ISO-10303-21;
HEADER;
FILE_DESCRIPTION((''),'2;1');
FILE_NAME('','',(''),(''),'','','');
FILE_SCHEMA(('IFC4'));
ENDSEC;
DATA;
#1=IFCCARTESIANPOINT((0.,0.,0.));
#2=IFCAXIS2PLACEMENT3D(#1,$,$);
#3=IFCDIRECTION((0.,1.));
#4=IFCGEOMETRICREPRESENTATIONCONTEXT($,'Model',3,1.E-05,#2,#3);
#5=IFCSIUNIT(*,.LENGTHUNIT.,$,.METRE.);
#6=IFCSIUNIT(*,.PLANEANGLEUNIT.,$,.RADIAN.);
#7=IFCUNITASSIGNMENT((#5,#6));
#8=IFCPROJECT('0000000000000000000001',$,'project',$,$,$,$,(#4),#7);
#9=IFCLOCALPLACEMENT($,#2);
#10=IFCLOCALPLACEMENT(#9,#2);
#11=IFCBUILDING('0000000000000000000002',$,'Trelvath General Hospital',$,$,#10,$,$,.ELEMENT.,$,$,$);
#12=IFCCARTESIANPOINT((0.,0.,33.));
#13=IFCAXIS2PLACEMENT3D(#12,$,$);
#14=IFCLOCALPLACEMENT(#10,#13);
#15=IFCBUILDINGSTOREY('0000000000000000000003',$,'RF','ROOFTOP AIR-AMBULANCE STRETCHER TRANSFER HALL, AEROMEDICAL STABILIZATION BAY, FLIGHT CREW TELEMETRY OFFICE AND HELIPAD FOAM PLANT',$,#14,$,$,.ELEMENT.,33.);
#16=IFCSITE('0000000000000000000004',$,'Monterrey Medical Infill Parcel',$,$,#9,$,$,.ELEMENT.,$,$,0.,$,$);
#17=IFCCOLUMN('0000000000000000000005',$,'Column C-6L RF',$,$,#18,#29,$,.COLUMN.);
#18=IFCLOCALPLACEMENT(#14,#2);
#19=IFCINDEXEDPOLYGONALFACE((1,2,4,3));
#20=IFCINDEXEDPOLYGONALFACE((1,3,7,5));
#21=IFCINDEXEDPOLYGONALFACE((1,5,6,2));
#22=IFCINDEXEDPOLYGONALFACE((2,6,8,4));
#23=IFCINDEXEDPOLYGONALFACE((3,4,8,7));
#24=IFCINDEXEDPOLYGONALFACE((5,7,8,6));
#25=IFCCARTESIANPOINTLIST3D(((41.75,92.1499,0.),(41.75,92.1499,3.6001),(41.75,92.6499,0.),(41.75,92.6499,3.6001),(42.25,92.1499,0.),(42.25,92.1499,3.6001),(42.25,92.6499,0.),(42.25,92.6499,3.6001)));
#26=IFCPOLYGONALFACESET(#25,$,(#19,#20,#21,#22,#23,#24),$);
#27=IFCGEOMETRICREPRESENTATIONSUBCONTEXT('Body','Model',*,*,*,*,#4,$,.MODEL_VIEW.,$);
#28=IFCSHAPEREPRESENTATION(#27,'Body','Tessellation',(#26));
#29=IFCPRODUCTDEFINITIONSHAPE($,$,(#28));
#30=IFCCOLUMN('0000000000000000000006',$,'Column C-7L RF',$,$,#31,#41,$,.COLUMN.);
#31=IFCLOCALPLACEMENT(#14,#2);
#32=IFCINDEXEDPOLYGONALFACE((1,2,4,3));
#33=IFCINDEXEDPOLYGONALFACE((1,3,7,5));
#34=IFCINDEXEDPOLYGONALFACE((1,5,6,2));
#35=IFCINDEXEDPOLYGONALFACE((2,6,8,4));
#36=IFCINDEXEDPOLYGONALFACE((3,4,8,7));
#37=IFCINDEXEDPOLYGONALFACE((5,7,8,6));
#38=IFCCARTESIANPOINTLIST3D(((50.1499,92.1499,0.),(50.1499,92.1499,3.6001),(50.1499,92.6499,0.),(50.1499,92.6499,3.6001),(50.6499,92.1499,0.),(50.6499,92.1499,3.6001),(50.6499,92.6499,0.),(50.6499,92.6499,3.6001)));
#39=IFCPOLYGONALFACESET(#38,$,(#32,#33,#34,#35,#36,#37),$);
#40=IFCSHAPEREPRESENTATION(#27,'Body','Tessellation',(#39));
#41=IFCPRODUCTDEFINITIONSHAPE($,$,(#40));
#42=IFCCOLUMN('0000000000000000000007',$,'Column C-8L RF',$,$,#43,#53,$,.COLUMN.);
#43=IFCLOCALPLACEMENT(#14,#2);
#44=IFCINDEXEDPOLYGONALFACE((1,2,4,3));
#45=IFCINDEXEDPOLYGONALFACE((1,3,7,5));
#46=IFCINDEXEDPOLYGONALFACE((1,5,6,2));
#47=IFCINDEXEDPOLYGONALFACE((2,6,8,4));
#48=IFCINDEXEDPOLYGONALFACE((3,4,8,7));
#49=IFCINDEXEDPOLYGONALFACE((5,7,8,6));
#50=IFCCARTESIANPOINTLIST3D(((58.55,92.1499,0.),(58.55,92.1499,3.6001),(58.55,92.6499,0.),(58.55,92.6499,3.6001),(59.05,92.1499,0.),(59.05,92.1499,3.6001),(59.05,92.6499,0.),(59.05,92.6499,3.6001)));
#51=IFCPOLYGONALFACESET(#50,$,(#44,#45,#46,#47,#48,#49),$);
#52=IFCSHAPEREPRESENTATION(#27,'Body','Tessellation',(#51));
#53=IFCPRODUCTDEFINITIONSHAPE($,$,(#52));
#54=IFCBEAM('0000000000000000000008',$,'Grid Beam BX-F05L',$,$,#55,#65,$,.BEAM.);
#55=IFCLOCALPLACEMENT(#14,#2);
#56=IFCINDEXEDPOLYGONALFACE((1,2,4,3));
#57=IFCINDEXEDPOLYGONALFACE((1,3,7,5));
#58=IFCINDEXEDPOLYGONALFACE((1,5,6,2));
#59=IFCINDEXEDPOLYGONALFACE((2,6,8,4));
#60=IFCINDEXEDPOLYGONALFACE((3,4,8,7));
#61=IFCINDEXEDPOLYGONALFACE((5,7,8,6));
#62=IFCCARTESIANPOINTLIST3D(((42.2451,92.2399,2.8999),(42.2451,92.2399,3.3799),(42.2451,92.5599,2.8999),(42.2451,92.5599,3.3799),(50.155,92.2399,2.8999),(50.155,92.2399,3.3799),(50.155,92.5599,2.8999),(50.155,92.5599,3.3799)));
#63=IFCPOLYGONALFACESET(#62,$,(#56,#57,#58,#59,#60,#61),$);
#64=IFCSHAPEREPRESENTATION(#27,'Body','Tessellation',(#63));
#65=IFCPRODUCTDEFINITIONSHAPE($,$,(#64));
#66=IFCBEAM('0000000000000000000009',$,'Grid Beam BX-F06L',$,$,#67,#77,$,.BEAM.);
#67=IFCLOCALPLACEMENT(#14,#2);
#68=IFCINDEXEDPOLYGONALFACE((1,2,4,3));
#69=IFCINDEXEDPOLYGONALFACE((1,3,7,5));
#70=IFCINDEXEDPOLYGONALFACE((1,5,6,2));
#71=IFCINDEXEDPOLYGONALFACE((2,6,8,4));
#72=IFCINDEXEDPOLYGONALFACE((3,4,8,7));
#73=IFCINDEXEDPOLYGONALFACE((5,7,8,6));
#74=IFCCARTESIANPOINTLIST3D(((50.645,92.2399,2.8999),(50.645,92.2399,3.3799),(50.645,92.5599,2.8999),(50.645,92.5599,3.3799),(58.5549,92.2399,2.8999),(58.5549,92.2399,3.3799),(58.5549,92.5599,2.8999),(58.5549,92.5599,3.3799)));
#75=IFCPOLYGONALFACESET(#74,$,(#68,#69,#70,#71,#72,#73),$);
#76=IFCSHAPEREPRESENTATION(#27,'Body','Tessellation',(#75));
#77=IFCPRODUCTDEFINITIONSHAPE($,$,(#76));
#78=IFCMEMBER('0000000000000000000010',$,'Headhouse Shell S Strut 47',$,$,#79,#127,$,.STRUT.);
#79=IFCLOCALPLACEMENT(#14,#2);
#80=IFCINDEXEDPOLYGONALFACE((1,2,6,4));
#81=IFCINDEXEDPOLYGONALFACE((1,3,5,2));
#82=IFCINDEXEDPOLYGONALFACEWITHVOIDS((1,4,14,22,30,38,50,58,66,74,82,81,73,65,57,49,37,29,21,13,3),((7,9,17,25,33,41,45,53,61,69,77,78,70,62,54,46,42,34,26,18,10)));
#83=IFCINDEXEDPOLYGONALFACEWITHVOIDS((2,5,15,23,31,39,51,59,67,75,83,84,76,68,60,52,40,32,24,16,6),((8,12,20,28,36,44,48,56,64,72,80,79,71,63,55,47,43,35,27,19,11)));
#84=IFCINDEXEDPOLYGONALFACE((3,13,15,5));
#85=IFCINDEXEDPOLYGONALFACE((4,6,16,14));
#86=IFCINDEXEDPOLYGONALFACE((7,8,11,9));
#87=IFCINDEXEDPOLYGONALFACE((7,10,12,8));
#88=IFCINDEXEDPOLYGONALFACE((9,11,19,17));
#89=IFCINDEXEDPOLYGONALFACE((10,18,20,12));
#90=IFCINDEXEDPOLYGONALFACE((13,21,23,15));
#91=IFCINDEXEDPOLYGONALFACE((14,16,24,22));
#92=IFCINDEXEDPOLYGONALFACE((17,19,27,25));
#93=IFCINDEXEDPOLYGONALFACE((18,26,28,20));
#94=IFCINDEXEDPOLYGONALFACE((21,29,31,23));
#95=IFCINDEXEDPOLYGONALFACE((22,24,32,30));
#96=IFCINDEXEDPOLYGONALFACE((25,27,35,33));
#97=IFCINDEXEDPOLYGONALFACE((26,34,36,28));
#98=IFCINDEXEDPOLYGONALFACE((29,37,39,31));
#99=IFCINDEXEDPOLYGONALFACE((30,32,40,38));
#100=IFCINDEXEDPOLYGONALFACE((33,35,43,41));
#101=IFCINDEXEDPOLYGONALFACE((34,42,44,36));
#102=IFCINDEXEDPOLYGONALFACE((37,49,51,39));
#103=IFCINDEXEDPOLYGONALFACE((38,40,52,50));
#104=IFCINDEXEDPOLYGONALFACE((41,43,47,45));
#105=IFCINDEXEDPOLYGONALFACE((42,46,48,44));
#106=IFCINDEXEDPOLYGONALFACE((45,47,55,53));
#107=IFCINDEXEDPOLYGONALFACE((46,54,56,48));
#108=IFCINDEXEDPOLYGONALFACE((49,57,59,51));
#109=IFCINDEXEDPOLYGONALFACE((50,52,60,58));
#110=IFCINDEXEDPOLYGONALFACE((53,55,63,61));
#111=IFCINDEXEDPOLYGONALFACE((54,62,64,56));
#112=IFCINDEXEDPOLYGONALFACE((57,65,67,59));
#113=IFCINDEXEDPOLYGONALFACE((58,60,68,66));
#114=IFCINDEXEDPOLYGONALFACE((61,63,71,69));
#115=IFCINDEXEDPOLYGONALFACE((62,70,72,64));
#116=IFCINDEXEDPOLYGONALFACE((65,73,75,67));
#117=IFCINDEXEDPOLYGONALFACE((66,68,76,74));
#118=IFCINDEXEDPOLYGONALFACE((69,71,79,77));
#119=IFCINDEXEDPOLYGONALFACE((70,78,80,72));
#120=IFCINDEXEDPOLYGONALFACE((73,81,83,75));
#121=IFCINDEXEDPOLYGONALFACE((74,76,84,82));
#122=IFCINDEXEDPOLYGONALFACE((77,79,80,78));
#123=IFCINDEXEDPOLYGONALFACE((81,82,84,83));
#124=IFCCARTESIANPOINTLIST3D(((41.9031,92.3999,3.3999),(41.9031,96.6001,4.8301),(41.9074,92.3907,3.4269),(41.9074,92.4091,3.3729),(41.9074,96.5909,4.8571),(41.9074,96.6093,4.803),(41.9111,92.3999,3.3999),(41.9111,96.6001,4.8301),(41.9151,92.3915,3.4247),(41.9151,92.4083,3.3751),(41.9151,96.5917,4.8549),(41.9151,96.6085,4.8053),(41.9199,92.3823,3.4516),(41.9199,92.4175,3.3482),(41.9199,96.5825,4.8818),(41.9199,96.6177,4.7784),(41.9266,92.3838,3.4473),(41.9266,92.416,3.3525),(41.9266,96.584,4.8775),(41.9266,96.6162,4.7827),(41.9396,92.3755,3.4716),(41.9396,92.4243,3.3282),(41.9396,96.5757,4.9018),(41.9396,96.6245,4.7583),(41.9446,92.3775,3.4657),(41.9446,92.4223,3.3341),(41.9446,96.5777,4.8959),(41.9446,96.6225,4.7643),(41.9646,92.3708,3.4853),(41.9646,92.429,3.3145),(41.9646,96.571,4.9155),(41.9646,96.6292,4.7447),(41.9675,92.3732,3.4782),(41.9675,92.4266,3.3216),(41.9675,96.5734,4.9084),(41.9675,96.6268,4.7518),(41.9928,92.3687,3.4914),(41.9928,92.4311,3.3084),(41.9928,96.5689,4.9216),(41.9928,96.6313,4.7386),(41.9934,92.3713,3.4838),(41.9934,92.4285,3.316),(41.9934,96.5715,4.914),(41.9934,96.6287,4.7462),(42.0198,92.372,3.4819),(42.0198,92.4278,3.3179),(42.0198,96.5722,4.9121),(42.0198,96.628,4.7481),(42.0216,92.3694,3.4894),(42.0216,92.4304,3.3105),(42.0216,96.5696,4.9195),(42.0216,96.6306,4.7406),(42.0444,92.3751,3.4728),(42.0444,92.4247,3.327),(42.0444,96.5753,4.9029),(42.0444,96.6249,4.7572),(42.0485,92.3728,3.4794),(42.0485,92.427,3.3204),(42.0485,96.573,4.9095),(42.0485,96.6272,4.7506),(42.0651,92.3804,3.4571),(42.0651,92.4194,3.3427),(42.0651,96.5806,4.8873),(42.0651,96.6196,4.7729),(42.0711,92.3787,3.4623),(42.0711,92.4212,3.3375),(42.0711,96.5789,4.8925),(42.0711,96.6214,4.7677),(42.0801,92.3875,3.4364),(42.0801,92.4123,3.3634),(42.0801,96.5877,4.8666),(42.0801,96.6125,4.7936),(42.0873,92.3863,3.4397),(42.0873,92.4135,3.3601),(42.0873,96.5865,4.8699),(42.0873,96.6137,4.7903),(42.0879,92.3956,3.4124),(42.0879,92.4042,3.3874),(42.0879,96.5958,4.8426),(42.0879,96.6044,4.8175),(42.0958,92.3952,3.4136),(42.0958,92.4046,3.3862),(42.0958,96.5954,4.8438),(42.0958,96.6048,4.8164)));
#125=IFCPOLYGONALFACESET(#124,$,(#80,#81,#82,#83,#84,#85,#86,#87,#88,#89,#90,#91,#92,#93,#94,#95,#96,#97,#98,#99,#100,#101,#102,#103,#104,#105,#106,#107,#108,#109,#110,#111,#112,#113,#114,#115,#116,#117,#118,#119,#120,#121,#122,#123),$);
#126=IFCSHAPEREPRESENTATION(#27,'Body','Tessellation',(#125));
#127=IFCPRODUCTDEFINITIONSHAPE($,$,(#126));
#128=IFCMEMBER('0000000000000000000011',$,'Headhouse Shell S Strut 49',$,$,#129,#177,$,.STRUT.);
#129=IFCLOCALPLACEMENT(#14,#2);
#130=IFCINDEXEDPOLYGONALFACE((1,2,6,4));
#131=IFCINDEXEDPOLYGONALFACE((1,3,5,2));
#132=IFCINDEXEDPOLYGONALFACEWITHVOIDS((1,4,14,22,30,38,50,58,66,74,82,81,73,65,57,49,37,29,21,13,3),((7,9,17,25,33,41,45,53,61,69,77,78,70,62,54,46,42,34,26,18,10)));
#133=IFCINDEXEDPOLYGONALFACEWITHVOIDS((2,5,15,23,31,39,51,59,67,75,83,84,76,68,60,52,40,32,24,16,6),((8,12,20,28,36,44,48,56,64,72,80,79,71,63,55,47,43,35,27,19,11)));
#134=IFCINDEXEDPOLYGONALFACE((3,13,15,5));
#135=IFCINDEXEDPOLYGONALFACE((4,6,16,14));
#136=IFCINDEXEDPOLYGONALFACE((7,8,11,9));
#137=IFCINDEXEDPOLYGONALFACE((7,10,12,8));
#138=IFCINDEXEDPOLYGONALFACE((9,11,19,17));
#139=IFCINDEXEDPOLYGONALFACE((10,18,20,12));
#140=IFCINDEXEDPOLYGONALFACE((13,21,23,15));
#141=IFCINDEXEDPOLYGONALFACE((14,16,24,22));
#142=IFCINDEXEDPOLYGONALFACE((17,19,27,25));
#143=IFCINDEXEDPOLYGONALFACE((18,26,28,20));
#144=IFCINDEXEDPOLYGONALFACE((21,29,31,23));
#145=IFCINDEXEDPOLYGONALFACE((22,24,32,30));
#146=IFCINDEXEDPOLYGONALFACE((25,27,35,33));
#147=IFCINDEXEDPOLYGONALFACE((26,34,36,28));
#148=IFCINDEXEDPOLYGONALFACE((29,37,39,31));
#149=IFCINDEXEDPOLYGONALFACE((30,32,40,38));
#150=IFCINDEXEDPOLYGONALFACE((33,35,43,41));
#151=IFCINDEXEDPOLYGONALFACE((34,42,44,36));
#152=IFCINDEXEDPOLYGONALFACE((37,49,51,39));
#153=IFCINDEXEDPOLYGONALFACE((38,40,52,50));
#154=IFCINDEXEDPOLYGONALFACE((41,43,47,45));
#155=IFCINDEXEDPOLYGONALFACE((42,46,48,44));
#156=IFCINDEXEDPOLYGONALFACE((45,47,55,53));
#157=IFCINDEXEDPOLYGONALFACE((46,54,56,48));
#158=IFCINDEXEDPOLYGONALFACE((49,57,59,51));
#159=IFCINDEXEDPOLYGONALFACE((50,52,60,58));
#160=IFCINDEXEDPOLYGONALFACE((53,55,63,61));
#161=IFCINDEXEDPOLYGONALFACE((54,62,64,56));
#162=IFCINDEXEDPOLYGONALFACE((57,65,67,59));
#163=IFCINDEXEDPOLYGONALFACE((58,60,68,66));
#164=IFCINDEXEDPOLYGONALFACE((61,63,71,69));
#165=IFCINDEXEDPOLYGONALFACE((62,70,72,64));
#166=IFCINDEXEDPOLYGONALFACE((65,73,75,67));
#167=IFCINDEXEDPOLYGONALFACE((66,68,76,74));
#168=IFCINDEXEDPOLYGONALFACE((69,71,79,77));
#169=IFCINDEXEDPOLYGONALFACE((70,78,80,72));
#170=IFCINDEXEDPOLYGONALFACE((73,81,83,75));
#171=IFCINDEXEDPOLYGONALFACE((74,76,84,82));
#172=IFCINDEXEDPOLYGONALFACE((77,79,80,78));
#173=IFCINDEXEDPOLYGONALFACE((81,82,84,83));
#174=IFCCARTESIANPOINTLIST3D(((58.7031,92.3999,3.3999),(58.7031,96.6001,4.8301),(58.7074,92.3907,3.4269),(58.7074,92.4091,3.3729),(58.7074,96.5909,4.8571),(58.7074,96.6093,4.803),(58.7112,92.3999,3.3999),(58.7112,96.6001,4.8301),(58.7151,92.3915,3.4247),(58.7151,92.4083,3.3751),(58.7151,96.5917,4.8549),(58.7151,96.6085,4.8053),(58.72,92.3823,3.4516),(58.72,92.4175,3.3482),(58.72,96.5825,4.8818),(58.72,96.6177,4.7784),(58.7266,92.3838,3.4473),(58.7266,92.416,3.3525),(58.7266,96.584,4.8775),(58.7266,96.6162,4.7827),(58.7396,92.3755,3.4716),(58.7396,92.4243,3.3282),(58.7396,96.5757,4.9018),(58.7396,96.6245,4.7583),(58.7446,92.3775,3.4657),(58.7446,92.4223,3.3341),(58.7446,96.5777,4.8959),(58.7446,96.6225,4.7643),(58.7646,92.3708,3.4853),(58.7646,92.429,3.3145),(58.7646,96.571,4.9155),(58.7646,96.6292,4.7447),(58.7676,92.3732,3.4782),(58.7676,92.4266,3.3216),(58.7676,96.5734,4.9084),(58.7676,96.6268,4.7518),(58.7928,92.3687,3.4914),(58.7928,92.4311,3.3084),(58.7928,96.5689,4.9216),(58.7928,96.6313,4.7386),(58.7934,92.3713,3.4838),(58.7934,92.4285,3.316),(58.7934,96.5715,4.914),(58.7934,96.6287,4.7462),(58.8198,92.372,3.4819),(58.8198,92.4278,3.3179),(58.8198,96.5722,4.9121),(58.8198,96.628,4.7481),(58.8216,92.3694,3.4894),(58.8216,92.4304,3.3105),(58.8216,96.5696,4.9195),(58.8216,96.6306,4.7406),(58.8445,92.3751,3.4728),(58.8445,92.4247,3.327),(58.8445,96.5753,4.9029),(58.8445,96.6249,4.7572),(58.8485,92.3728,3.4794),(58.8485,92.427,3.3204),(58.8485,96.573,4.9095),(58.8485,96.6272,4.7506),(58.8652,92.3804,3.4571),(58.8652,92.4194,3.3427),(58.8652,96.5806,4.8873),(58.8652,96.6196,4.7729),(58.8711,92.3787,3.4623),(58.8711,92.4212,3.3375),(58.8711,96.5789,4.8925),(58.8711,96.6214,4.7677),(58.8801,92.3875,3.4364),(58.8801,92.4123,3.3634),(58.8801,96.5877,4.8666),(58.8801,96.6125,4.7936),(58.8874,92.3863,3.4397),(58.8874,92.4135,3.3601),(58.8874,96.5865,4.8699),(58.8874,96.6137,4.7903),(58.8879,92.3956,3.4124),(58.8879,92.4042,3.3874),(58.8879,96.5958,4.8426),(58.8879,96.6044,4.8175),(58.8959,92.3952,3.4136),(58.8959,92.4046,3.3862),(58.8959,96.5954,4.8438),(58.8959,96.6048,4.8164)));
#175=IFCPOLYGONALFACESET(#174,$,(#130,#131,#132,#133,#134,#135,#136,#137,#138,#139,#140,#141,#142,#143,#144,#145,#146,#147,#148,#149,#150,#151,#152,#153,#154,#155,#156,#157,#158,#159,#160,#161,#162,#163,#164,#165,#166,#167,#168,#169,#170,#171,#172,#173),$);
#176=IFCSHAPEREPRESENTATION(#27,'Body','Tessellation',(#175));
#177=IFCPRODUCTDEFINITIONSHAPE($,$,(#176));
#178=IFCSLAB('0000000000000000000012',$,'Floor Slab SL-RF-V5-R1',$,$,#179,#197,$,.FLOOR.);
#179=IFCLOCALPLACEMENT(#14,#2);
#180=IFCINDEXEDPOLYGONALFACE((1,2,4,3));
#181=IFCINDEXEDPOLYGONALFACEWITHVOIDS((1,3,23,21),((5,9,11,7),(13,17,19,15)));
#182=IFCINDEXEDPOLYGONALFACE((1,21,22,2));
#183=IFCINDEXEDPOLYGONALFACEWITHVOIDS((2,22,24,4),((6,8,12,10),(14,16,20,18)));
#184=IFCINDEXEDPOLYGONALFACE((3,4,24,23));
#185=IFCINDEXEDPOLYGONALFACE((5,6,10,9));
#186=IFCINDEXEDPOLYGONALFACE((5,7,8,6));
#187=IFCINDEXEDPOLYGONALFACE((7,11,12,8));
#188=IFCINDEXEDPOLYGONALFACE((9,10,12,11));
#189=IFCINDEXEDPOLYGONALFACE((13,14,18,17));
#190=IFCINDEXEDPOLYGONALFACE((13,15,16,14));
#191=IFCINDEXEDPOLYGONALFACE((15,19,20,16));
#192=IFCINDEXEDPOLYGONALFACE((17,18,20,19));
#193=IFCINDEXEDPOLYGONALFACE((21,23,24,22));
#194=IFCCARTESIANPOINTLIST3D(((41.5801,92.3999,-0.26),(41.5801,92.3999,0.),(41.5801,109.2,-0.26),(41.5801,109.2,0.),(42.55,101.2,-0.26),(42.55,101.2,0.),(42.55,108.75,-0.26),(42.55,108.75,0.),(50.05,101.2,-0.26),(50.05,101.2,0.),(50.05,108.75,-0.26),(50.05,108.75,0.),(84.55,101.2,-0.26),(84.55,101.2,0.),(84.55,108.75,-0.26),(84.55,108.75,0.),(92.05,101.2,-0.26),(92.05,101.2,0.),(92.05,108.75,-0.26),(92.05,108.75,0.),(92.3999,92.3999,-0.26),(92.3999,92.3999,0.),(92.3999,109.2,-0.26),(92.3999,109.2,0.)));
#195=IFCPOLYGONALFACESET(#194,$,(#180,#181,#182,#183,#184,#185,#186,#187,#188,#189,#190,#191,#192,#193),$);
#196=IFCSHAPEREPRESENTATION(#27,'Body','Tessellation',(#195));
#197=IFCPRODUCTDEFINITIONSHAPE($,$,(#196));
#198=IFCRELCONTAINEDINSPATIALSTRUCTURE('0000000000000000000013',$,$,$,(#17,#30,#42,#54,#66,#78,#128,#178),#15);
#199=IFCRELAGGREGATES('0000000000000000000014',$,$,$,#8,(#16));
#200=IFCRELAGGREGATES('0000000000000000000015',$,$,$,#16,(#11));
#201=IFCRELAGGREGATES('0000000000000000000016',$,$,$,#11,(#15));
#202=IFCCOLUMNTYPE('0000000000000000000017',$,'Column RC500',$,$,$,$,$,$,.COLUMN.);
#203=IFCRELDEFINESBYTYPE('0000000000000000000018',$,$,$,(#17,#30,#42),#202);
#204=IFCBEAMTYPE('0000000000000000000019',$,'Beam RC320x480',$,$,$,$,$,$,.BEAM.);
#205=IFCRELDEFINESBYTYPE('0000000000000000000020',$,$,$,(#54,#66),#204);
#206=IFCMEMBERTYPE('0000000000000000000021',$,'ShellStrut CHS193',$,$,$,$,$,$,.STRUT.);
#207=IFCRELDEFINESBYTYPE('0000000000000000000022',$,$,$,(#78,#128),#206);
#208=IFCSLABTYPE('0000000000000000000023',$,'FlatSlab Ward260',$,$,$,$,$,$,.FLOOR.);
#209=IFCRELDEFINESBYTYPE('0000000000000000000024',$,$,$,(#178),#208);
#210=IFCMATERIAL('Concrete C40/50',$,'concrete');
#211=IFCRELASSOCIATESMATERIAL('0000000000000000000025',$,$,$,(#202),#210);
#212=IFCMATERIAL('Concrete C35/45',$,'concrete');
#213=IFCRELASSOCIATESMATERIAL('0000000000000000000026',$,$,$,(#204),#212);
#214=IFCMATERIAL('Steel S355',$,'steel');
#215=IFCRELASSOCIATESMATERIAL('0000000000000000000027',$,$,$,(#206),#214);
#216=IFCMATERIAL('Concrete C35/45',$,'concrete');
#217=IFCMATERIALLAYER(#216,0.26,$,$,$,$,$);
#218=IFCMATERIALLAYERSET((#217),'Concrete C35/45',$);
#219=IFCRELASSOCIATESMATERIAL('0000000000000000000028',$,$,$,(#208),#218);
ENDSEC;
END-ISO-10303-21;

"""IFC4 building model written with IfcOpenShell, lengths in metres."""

from ifc_helpers import new_model, si_unit, direction, frame, origin, origin_2d, place, context, subcontext, project, spatial, polyline, rectangle, hollow_circle, outline, extrude, material, layer, layer_set, material_profile, profile_set, type_object, element, save


model = new_model("IFC4")

# Units and contexts
model_context = context("Model", 3, precision=1e-05, world=origin(), true_north=direction((0.0, 1.0)))
body_context = subcontext(model_context, "Body", "Model", "MODEL_VIEW")
ifc_project = project(units=[si_unit("LENGTHUNIT", "METRE"), si_unit("PLANEANGLEUNIT", "RADIAN")], contexts=[model_context])

# Site, building, storey
site_placement = place(None, origin())
site = spatial("IfcSite", under=ifc_project, at=site_placement, Name="Monterrey Medical Infill Parcel", CompositionType="ELEMENT", RefElevation=0.0)
building_placement = place(site_placement, origin())
building = spatial("IfcBuilding", under=site, at=building_placement, Name="Trelvath General Hospital", CompositionType="ELEMENT")
storey_placement = place(building_placement, frame((0.0, 0.0, 33.0)))
storey = spatial("IfcBuildingStorey", under=building, at=storey_placement, Name="RF", Description="ROOFTOP AIR-AMBULANCE STRETCHER TRANSFER HALL, AEROMEDICAL STABILIZATION BAY, FLIGHT CREW TELEMETRY OFFICE AND HELIPAD FOAM PLANT", CompositionType="ELEMENT", Elevation=33.0)

# Columns
ifc_material_1 = material(Name="Concrete C40/50", Category="concrete")
ifc_material_profile_1 = material_profile(ifc_material_1, rectangle(XDim=0.5, YDim=0.5, at=origin_2d()), Name="RC500x500")
ifc_profile_set_1 = profile_set([ifc_material_profile_1], Name="Concrete C40/50")
column_type = type_object("IfcColumnType", Name="Column RC500", PredefinedType="COLUMN", material=ifc_profile_set_1)
for number, where, z_axis, x_axis, name in (
    (1, (42.0, 92.3999, 0.0), (0.0, 0.0, 1.0), (1.0, 0.0, 0.0), "Column C-6L RF"),
    (2, (50.3999, 92.3999, 0.0), (0.0, 0.0, 1.0), (1.0, 0.0, 0.0), "Column C-7L RF"),
    (3, (58.8, 92.3999, 0.0), (0.0, 0.0, 1.0), (1.0, 0.0, 0.0), "Column C-8L RF"),
):
    element("IfcColumn", number, at=place(storey_placement, frame(where, z_axis=z_axis, x_axis=x_axis)), inside=storey, type_object=column_type, Name=name, PredefinedType="COLUMN", context=body_context, shape_type="SweptSolid", body=[
        extrude(rectangle(XDim=0.5, YDim=0.5, at=origin_2d()), origin(), (0.0, 0.0, 1.0), 3.6001),
    ])

# Beams
ifc_material_2 = material(Name="Concrete C35/45", Category="concrete")
ifc_material_profile_2 = material_profile(ifc_material_2, rectangle(XDim=0.3201, YDim=0.48, at=origin_2d()), Name="RCB320x480")
ifc_profile_set_2 = profile_set([ifc_material_profile_2], Name="Concrete C35/45")
beam_type = type_object("IfcBeamType", Name="Beam RC320x480", PredefinedType="BEAM", material=ifc_profile_set_2)
for number, where, z_axis, x_axis, name in (
    (4, (42.2451, 92.3999, 3.1399), (1.0, 0.0, 0.0), (0.0, 1.0, 0.0), "Grid Beam BX-F05L"),
    (5, (50.645, 92.3999, 3.1399), (1.0, 0.0, 0.0), (0.0, 1.0, 0.0), "Grid Beam BX-F06L"),
):
    element("IfcBeam", number, at=place(storey_placement, frame(where, z_axis=z_axis, x_axis=x_axis)), inside=storey, type_object=beam_type, Name=name, PredefinedType="BEAM", context=body_context, shape_type="SweptSolid", body=[
        extrude(rectangle(XDim=0.3201, YDim=0.48, at=origin_2d()), origin(), (0.0, 0.0, 1.0), 7.9099),
    ])

# Members
ifc_material_3 = material(Name="Steel S355", Category="steel")
ifc_material_profile_3 = material_profile(ifc_material_3, hollow_circle(Radius=0.0969, WallThickness=0.0081, at=origin_2d()), Name="CHS193.7x8.0")
ifc_profile_set_3 = profile_set([ifc_material_profile_3], Name="Steel S355")
member_type = type_object("IfcMemberType", Name="ShellStrut CHS193", PredefinedType="STRUT", material=ifc_profile_set_3)
for number, where, z_axis, x_axis, name in (
    (6, (42.0, 92.3999, 3.3999), (0.0, 0.946628, 0.322329), (-1.0, 0.0, 0.0), "Headhouse Shell S Strut 47"),
    (7, (58.8, 92.3999, 3.3999), (0.0, 0.946628, 0.322329), (-1.0, 0.0, 0.0), "Headhouse Shell S Strut 49"),
):
    element("IfcMember", number, at=place(storey_placement, frame(where, z_axis=z_axis, x_axis=x_axis)), inside=storey, type_object=member_type, Name=name, PredefinedType="STRUT", context=body_context, shape_type="SweptSolid", body=[
        extrude(hollow_circle(Radius=0.0969, WallThickness=0.0081, at=origin_2d()), origin(), (0.0, 0.0, 1.0), 4.437),
    ])

# Slab
ifc_material_4 = material(Name="Concrete C35/45", Category="concrete")
ifc_layer_1 = layer(ifc_material_4, 0.26)
ifc_layer_set_1 = layer_set([ifc_layer_1], Name="Concrete C35/45")
slab_type_1 = type_object("IfcSlabType", Name="FlatSlab Ward260", PredefinedType="FLOOR", material=ifc_layer_set_1)
slab_1_placement = place(storey_placement, frame((0.0, 0.0, -0.26)))
element("IfcSlab", 8, at=slab_1_placement, inside=storey, type_object=slab_type_1, Name="Floor Slab SL-RF-V5-R1", PredefinedType="FLOOR", context=body_context, shape_type="SweptSolid", body=[
    extrude(outline(polyline([(92.3999, 92.3999), (41.5801, 92.3999), (41.5801, 109.2), (92.3999, 109.2), (92.3999, 92.3999)]), holes=[polyline([(42.55, 101.2), (50.05, 101.2), (50.05, 108.75), (42.55, 108.75), (42.55, 101.2)]), polyline([(84.55, 101.2), (92.05, 101.2), (92.05, 108.75), (84.55, 108.75), (84.55, 101.2)])]), origin(), (0.0, 0.0, 1.0), 0.26),
])

save(model, "model.ifc")
